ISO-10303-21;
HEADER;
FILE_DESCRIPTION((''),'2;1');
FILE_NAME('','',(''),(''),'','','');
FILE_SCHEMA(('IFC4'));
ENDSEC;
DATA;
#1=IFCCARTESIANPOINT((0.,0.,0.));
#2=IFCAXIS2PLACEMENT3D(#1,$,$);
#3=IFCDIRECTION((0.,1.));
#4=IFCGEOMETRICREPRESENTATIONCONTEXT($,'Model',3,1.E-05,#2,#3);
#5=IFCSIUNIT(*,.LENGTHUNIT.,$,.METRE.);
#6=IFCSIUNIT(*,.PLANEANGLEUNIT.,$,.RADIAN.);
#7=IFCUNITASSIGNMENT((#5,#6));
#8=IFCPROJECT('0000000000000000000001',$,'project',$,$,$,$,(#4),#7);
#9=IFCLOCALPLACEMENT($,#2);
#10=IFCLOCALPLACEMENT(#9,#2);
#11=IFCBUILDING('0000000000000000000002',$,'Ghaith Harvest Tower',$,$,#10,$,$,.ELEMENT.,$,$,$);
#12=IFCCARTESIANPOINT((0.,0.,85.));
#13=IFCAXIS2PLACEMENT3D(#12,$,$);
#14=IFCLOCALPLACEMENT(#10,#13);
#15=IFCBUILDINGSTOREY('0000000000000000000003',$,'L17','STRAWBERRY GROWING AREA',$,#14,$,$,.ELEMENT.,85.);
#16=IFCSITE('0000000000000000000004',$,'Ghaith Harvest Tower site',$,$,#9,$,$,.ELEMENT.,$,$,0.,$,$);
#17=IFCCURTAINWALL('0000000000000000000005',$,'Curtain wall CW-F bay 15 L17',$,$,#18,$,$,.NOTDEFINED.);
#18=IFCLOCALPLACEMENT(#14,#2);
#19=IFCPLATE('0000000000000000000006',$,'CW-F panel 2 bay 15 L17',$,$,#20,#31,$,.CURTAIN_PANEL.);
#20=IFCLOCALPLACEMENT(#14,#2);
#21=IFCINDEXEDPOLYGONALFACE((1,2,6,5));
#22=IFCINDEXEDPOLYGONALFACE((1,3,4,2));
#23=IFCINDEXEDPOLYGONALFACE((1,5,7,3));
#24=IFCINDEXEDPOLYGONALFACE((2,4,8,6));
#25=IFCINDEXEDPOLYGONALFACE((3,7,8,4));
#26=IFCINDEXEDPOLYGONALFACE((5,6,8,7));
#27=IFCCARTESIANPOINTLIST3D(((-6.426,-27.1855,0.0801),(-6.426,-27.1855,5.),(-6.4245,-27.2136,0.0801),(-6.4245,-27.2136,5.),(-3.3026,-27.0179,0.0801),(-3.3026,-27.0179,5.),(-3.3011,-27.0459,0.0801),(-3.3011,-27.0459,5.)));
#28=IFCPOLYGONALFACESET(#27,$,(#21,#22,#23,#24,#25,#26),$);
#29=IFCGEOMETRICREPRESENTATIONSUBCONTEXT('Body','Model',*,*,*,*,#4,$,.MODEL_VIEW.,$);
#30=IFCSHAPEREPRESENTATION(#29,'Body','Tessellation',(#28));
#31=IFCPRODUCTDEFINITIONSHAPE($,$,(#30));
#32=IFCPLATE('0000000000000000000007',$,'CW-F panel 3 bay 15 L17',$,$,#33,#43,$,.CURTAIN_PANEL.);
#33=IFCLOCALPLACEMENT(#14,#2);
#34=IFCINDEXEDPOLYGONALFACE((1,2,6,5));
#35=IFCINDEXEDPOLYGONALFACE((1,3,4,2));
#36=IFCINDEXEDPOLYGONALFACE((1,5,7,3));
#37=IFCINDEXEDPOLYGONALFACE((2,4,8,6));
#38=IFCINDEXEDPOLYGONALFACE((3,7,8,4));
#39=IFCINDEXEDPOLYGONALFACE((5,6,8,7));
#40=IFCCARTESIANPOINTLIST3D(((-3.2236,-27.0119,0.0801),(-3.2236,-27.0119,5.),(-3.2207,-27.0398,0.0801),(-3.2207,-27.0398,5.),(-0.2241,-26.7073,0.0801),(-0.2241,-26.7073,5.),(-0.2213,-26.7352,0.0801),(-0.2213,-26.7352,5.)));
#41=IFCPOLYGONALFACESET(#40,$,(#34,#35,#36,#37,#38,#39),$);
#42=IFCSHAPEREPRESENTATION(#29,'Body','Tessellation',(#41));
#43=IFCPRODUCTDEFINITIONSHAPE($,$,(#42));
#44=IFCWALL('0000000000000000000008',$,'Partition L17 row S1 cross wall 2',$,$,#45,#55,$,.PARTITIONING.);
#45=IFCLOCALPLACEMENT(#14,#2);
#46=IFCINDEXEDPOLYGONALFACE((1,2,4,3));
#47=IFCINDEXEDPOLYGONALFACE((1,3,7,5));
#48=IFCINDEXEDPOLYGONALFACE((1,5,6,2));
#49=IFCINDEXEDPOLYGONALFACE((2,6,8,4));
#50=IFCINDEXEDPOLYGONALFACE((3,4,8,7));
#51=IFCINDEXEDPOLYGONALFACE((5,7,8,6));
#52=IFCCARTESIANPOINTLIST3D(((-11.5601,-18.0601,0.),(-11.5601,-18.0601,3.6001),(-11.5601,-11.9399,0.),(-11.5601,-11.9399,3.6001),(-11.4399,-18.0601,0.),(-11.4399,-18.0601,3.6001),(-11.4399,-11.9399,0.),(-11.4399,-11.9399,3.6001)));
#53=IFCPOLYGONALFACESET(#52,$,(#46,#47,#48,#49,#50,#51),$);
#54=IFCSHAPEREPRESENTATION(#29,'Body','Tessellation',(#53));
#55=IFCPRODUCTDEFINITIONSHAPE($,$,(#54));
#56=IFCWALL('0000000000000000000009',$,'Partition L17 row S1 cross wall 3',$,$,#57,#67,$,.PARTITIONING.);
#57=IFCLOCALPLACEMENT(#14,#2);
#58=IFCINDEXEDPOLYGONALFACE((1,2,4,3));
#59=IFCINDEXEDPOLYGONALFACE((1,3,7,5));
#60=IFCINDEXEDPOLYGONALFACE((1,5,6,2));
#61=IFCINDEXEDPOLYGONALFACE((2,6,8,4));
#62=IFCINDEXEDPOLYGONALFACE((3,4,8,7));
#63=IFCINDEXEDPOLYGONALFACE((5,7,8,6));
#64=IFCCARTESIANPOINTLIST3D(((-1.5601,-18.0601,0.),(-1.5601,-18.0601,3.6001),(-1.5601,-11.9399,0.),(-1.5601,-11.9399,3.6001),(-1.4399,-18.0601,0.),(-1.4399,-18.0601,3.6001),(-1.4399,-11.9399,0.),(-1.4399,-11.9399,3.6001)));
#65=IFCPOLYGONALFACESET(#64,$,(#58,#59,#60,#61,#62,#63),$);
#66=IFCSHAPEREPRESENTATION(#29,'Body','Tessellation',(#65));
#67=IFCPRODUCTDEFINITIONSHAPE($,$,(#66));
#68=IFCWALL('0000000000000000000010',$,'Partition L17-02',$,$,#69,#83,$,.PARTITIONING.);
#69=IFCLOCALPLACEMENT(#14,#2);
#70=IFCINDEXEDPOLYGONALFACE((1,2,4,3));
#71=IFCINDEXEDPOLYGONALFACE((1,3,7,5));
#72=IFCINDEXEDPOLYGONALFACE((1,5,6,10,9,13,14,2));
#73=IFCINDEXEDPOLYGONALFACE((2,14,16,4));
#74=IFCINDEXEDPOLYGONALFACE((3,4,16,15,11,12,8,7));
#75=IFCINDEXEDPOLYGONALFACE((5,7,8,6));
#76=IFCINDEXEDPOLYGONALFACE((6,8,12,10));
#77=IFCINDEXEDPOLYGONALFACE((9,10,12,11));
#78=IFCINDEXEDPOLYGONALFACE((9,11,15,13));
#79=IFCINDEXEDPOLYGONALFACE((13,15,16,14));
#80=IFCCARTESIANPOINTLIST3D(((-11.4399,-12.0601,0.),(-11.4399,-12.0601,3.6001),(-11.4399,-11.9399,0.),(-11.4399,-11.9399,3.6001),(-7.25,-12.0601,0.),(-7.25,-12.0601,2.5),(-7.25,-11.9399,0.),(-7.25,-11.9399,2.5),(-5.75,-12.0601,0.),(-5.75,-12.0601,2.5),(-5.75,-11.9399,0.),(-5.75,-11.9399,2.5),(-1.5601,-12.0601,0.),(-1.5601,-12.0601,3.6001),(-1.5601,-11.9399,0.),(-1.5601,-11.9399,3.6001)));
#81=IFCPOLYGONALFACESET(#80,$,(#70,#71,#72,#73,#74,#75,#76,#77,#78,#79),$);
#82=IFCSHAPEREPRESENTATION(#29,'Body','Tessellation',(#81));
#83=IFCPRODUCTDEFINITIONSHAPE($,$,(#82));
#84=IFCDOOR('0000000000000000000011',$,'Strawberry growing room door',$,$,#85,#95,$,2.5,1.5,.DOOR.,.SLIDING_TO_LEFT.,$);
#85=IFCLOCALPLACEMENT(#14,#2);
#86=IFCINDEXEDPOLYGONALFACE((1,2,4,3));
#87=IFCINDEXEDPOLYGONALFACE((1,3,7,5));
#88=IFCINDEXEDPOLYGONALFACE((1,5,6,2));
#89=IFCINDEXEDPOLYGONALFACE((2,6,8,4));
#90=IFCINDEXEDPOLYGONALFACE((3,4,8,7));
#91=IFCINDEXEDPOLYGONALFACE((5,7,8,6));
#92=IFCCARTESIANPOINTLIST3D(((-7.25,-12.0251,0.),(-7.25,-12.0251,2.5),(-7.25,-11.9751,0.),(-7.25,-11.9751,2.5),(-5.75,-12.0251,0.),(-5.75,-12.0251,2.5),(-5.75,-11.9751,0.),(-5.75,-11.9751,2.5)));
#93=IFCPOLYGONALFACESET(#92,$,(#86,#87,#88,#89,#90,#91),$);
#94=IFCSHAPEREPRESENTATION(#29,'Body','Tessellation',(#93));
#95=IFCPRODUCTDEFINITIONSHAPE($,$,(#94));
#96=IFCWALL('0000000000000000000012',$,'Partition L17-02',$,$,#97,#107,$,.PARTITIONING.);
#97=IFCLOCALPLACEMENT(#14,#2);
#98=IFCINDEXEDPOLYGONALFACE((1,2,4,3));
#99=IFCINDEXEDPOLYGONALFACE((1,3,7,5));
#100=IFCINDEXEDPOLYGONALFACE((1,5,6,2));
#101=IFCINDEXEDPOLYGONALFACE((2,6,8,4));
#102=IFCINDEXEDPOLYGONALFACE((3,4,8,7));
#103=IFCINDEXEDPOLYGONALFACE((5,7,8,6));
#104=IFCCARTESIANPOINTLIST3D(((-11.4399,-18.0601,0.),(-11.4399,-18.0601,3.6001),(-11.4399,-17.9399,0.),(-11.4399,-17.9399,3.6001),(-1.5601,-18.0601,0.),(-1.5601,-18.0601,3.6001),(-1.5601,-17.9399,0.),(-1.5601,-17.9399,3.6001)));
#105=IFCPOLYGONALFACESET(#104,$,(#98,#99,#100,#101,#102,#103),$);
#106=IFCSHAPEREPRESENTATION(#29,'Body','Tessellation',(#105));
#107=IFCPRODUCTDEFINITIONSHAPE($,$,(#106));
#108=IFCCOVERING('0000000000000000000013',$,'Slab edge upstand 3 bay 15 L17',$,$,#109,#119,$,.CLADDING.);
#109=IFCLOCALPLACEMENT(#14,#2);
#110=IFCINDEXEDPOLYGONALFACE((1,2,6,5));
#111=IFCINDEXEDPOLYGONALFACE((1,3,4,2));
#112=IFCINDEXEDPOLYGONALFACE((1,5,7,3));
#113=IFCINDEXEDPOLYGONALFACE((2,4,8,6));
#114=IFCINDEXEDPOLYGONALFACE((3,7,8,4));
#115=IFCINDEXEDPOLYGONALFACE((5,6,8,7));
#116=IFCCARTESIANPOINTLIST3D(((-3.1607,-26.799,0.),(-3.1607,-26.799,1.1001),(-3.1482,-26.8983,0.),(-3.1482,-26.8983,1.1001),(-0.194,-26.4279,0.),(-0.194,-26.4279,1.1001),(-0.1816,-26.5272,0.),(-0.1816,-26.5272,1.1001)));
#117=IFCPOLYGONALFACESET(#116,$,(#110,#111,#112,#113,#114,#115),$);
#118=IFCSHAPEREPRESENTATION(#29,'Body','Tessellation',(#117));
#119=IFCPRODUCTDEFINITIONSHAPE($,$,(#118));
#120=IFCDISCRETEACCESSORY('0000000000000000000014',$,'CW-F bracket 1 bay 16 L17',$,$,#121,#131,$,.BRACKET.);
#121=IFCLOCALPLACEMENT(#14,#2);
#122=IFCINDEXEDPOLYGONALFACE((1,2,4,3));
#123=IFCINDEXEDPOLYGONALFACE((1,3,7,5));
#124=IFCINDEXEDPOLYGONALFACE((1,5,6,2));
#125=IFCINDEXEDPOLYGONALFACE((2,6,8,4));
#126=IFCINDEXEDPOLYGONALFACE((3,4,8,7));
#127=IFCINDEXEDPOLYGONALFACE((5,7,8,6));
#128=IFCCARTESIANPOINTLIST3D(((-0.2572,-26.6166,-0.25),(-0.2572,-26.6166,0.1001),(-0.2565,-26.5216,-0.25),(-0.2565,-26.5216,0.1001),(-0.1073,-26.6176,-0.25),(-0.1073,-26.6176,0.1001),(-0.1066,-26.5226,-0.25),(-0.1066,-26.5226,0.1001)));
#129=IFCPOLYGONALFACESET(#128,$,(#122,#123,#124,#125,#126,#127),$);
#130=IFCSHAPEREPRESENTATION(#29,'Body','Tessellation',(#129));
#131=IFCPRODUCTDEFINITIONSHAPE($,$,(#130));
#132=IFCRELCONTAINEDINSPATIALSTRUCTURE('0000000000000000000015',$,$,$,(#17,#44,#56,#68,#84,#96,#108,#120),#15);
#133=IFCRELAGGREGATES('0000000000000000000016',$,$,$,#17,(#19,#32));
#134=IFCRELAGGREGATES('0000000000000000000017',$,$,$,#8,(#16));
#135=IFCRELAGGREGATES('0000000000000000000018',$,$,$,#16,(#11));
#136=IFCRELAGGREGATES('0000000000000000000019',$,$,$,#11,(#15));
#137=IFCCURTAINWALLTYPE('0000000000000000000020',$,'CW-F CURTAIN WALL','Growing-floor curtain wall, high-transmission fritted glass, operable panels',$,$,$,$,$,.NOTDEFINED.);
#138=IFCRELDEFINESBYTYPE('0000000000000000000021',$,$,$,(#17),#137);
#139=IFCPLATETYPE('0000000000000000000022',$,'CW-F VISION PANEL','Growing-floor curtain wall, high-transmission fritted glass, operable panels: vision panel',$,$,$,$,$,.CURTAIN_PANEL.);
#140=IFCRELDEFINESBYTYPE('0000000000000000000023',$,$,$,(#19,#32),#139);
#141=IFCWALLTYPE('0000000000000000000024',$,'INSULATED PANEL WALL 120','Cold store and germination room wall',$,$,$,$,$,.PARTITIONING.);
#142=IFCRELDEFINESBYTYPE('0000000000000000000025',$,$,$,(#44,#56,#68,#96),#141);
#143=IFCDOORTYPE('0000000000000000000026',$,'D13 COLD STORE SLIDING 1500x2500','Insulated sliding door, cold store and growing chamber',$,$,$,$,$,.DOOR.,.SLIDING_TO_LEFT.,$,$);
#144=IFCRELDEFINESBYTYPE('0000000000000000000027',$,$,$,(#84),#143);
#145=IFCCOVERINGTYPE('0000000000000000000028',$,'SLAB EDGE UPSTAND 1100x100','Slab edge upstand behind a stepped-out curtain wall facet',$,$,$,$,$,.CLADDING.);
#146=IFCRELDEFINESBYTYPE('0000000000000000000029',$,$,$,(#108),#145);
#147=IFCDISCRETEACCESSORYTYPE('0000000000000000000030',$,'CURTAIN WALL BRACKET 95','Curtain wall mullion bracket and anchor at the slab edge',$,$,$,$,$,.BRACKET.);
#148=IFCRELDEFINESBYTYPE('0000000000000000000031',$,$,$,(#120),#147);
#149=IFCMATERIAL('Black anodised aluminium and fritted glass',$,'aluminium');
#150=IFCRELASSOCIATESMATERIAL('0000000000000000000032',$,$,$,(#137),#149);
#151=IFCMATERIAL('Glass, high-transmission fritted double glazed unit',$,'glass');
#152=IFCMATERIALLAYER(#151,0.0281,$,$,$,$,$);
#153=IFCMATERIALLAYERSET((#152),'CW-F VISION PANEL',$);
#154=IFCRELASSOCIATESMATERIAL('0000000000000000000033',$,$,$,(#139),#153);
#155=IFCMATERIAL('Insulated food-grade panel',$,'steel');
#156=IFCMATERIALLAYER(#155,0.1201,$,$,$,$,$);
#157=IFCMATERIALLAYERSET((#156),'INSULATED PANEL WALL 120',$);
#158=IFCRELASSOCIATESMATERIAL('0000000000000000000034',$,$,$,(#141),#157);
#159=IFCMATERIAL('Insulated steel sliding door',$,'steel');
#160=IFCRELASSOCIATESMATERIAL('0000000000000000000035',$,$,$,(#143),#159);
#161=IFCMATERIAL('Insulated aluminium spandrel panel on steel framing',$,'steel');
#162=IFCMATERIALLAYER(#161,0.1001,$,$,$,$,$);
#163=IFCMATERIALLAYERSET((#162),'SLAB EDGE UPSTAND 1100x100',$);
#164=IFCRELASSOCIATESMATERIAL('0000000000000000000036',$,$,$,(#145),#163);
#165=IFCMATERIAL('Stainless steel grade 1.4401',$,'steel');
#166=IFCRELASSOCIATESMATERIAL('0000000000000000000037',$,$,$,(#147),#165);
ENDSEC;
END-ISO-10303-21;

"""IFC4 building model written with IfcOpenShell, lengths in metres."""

from ifc_helpers import new_model, si_unit, direction, frame, frame_2d, origin, origin_2d, place, context, subcontext, project, spatial, rectangle, extrude, material, layer, layer_set, type_object, element, fill, aggregate, save


model = new_model("IFC4")

# Units and contexts
model_context = context("Model", 3, precision=1e-05, world=origin(), true_north=direction((0.0, 1.0)))
body_context = subcontext(model_context, "Body", "Model", "MODEL_VIEW")
ifc_project = project(units=[si_unit("LENGTHUNIT", "METRE"), si_unit("PLANEANGLEUNIT", "RADIAN")], contexts=[model_context])

# Site, building, storey
site_placement = place(None, origin())
site = spatial("IfcSite", under=ifc_project, at=site_placement, Name="Ghaith Harvest Tower site", CompositionType="ELEMENT", RefElevation=0.0)
building_placement = place(site_placement, origin())
building = spatial("IfcBuilding", under=site, at=building_placement, Name="Ghaith Harvest Tower", CompositionType="ELEMENT")
storey_placement = place(building_placement, frame((0.0, 0.0, 85.0)))
storey = spatial("IfcBuildingStorey", under=building, at=storey_placement, Name="L17", Description="STRAWBERRY GROWING AREA", CompositionType="ELEMENT", Elevation=85.0)

# Shared definitions
ifc_material_1 = material(Name="Black anodised aluminium and fritted glass", Category="aluminium")
curtain_wall_type = type_object("IfcCurtainWallType", Name="CW-F CURTAIN WALL", Description="Growing-floor curtain wall, high-transmission fritted glass, operable panels", PredefinedType="NOTDEFINED", material=ifc_material_1)

# Curtain wall
curtain_wall_1_placement = place(storey_placement, origin())
curtain_wall_1 = element("IfcCurtainWall", 1, at=curtain_wall_1_placement, inside=storey, type_object=curtain_wall_type, Name="Curtain wall CW-F bay 15 L17", PredefinedType="NOTDEFINED")

# Plates
ifc_material_2 = material(Name="Glass, high-transmission fritted double glazed unit", Category="glass")
ifc_layer_1 = layer(ifc_material_2, 0.0281)
ifc_layer_set_1 = layer_set([ifc_layer_1], Name="CW-F VISION PANEL")
plate_type = type_object("IfcPlateType", Name="CW-F VISION PANEL", Description="Growing-floor curtain wall, high-transmission fritted glass, operable panels: vision panel", PredefinedType="CURTAIN_PANEL", material=ifc_layer_set_1)
plate_1_placement = place(storey_placement, frame((-4.8635, -27.1157, 0.0801), z_axis=(0.0, 0.0, 1.0), x_axis=(0.998563, 0.0536, 0.0)))
plate_1 = element("IfcPlate", 2, at=plate_1_placement, type_object=plate_type, Name="CW-F panel 2 bay 15 L17", PredefinedType="CURTAIN_PANEL", context=body_context, shape_type="SweptSolid", body=[
    extrude(rectangle(XDim=3.1279, YDim=0.0281, at=origin_2d()), origin(), (0.0, 0.0, 1.0), 4.9199),
])
plate_2_placement = place(storey_placement, frame((-1.7224, -26.8735, 0.0801), z_axis=(0.0, 0.0, 1.0), x_axis=(0.994882, 0.101041, 0.0)))
plate_2 = element("IfcPlate", 3, at=plate_2_placement, type_object=plate_type, Name="CW-F panel 3 bay 15 L17", PredefinedType="CURTAIN_PANEL", context=body_context, shape_type="SweptSolid", body=[
    extrude(rectangle(XDim=3.0149, YDim=0.0281, at=origin_2d()), origin(), (0.0, 0.0, 1.0), 4.9199),
])
aggregate(curtain_wall_1, [plate_1, plate_2])

# Walls
ifc_material_3 = material(Name="Insulated food-grade panel", Category="steel")
ifc_layer_2 = layer(ifc_material_3, 0.1201)
ifc_layer_set_2 = layer_set([ifc_layer_2], Name="INSULATED PANEL WALL 120")
wall_type = type_object("IfcWallType", Name="INSULATED PANEL WALL 120", Description="Cold store and germination room wall", PredefinedType="PARTITIONING", material=ifc_layer_set_2)
for number, where, z_axis, x_axis, name in (
    (4, (-11.5, -11.9399, 0.0), (0.0, 0.0, 1.0), (0.0, -1.0, 0.0), "Partition L17 row S1 cross wall 2"),
    (5, (-1.5, -11.9399, 0.0), (0.0, 0.0, 1.0), (0.0, -1.0, 0.0), "Partition L17 row S1 cross wall 3"),
):
    element("IfcWall", number, at=place(storey_placement, frame(where, z_axis=z_axis, x_axis=x_axis)), inside=storey, type_object=wall_type, Name=name, PredefinedType="PARTITIONING", context=body_context, shape_type="SweptSolid", body=[
        extrude(rectangle(XDim=6.1201, YDim=0.1201, at=frame_2d((3.0601, 0.0))), origin(), (0.0, 0.0, 1.0), 3.6001),
    ])

# Wall, opening, door
wall_1_placement = place(storey_placement, frame((-11.4399, -12.0, 0.0), z_axis=(0.0, 0.0, 1.0), x_axis=(1.0, 0.0, 0.0)))
wall_1 = element("IfcWall", 6, at=wall_1_placement, inside=storey, type_object=wall_type, Name="Partition L17-02", PredefinedType="PARTITIONING", context=body_context, shape_type="SweptSolid", body=[
    extrude(rectangle(XDim=9.8799, YDim=0.1201, at=frame_2d((4.9399, 0.0))), origin(), (0.0, 0.0, 1.0), 3.6001),
])
opening_placement = place(wall_1_placement, frame((4.1899, 0.0, 0.0)))
opening = element("IfcOpeningElement", 7, at=opening_placement, cuts=wall_1, PredefinedType="OPENING", context=body_context, shape_type="SweptSolid", body=[
    extrude(rectangle(XDim=1.5, YDim=2.5, at=frame_2d((0.75, 1.25))), frame((0.0, 0.0701, 0.0), z_axis=(0.0, -1.0, 0.0), x_axis=(1.0, 0.0, 0.0)), (0.0, 0.0, 1.0), 0.1401),
])
ifc_material_4 = material(Name="Insulated steel sliding door", Category="steel")
door_type = type_object("IfcDoorType", Name="D13 COLD STORE SLIDING 1500x2500", Description="Insulated sliding door, cold store and growing chamber", OperationType="SLIDING_TO_LEFT", PredefinedType="DOOR", material=ifc_material_4)
door_placement = place(opening_placement, origin())
door = element("IfcDoor", 8, at=door_placement, inside=storey, type_object=door_type, Name="Strawberry growing room door", OperationType="SLIDING_TO_LEFT", OverallHeight=2.5, OverallWidth=1.5, PredefinedType="DOOR", context=body_context, shape_type="SweptSolid", body=[
    extrude(rectangle(XDim=1.5, YDim=2.5, at=frame_2d((0.75, 1.25))), frame((0.0, 0.0249, 0.0), z_axis=(0.0, -1.0, 0.0), x_axis=(1.0, 0.0, 0.0)), (0.0, 0.0, 1.0), 0.05),
])
fill(opening, door)

# Wall
wall_2_placement = place(storey_placement, frame((-11.4399, -18.0, 0.0), z_axis=(0.0, 0.0, 1.0), x_axis=(1.0, 0.0, 0.0)))
element("IfcWall", 9, at=wall_2_placement, inside=storey, type_object=wall_type, Name="Partition L17-02", PredefinedType="PARTITIONING", context=body_context, shape_type="SweptSolid", body=[
    extrude(rectangle(XDim=9.8799, YDim=0.1201, at=frame_2d((4.9399, 0.0))), origin(), (0.0, 0.0, 1.0), 3.6001),
])

# Covering
ifc_material_5 = material(Name="Insulated aluminium spandrel panel on steel framing", Category="steel")
ifc_layer_3 = layer(ifc_material_5, 0.1001)
ifc_layer_set_3 = layer_set([ifc_layer_3], Name="SLAB EDGE UPSTAND 1100x100")
covering_type = type_object("IfcCoveringType", Name="SLAB EDGE UPSTAND 1100x100", Description="Slab edge upstand behind a stepped-out curtain wall facet", PredefinedType="CLADDING", material=ifc_layer_set_3)
covering_placement = place(storey_placement, frame((-1.6711, -26.6631, 0.0), z_axis=(0.0, 0.0, 1.0), x_axis=(0.992265, 0.124139, 0.0)))
element("IfcCovering", 10, at=covering_placement, inside=storey, type_object=covering_type, Name="Slab edge upstand 3 bay 15 L17", PredefinedType="CLADDING", context=body_context, shape_type="SweptSolid", body=[
    extrude(rectangle(XDim=2.9897, YDim=0.1001, at=origin_2d()), origin(), (0.0, 0.0, 1.0), 1.1001),
])

# Discrete accessory
ifc_material_6 = material(Name="Stainless steel grade 1.4401", Category="steel")
discrete_accessory_type = type_object("IfcDiscreteAccessoryType", Name="CURTAIN WALL BRACKET 95", Description="Curtain wall mullion bracket and anchor at the slab edge", PredefinedType="BRACKET", material=ifc_material_6)
discrete_accessory_placement = place(storey_placement, frame((-0.1819, -26.5696, -0.25), z_axis=(0.0, 0.0, 1.0), x_axis=(-0.006844, -0.999977, 0.0)))
element("IfcDiscreteAccessory", 11, at=discrete_accessory_placement, inside=storey, type_object=discrete_accessory_type, Name="CW-F bracket 1 bay 16 L17", PredefinedType="BRACKET", context=body_context, shape_type="SweptSolid", body=[
    extrude(rectangle(XDim=0.095, YDim=0.1499, at=origin_2d()), origin(), (0.0, 0.0, 1.0), 0.3501),
])

save(model, "model.ifc")
